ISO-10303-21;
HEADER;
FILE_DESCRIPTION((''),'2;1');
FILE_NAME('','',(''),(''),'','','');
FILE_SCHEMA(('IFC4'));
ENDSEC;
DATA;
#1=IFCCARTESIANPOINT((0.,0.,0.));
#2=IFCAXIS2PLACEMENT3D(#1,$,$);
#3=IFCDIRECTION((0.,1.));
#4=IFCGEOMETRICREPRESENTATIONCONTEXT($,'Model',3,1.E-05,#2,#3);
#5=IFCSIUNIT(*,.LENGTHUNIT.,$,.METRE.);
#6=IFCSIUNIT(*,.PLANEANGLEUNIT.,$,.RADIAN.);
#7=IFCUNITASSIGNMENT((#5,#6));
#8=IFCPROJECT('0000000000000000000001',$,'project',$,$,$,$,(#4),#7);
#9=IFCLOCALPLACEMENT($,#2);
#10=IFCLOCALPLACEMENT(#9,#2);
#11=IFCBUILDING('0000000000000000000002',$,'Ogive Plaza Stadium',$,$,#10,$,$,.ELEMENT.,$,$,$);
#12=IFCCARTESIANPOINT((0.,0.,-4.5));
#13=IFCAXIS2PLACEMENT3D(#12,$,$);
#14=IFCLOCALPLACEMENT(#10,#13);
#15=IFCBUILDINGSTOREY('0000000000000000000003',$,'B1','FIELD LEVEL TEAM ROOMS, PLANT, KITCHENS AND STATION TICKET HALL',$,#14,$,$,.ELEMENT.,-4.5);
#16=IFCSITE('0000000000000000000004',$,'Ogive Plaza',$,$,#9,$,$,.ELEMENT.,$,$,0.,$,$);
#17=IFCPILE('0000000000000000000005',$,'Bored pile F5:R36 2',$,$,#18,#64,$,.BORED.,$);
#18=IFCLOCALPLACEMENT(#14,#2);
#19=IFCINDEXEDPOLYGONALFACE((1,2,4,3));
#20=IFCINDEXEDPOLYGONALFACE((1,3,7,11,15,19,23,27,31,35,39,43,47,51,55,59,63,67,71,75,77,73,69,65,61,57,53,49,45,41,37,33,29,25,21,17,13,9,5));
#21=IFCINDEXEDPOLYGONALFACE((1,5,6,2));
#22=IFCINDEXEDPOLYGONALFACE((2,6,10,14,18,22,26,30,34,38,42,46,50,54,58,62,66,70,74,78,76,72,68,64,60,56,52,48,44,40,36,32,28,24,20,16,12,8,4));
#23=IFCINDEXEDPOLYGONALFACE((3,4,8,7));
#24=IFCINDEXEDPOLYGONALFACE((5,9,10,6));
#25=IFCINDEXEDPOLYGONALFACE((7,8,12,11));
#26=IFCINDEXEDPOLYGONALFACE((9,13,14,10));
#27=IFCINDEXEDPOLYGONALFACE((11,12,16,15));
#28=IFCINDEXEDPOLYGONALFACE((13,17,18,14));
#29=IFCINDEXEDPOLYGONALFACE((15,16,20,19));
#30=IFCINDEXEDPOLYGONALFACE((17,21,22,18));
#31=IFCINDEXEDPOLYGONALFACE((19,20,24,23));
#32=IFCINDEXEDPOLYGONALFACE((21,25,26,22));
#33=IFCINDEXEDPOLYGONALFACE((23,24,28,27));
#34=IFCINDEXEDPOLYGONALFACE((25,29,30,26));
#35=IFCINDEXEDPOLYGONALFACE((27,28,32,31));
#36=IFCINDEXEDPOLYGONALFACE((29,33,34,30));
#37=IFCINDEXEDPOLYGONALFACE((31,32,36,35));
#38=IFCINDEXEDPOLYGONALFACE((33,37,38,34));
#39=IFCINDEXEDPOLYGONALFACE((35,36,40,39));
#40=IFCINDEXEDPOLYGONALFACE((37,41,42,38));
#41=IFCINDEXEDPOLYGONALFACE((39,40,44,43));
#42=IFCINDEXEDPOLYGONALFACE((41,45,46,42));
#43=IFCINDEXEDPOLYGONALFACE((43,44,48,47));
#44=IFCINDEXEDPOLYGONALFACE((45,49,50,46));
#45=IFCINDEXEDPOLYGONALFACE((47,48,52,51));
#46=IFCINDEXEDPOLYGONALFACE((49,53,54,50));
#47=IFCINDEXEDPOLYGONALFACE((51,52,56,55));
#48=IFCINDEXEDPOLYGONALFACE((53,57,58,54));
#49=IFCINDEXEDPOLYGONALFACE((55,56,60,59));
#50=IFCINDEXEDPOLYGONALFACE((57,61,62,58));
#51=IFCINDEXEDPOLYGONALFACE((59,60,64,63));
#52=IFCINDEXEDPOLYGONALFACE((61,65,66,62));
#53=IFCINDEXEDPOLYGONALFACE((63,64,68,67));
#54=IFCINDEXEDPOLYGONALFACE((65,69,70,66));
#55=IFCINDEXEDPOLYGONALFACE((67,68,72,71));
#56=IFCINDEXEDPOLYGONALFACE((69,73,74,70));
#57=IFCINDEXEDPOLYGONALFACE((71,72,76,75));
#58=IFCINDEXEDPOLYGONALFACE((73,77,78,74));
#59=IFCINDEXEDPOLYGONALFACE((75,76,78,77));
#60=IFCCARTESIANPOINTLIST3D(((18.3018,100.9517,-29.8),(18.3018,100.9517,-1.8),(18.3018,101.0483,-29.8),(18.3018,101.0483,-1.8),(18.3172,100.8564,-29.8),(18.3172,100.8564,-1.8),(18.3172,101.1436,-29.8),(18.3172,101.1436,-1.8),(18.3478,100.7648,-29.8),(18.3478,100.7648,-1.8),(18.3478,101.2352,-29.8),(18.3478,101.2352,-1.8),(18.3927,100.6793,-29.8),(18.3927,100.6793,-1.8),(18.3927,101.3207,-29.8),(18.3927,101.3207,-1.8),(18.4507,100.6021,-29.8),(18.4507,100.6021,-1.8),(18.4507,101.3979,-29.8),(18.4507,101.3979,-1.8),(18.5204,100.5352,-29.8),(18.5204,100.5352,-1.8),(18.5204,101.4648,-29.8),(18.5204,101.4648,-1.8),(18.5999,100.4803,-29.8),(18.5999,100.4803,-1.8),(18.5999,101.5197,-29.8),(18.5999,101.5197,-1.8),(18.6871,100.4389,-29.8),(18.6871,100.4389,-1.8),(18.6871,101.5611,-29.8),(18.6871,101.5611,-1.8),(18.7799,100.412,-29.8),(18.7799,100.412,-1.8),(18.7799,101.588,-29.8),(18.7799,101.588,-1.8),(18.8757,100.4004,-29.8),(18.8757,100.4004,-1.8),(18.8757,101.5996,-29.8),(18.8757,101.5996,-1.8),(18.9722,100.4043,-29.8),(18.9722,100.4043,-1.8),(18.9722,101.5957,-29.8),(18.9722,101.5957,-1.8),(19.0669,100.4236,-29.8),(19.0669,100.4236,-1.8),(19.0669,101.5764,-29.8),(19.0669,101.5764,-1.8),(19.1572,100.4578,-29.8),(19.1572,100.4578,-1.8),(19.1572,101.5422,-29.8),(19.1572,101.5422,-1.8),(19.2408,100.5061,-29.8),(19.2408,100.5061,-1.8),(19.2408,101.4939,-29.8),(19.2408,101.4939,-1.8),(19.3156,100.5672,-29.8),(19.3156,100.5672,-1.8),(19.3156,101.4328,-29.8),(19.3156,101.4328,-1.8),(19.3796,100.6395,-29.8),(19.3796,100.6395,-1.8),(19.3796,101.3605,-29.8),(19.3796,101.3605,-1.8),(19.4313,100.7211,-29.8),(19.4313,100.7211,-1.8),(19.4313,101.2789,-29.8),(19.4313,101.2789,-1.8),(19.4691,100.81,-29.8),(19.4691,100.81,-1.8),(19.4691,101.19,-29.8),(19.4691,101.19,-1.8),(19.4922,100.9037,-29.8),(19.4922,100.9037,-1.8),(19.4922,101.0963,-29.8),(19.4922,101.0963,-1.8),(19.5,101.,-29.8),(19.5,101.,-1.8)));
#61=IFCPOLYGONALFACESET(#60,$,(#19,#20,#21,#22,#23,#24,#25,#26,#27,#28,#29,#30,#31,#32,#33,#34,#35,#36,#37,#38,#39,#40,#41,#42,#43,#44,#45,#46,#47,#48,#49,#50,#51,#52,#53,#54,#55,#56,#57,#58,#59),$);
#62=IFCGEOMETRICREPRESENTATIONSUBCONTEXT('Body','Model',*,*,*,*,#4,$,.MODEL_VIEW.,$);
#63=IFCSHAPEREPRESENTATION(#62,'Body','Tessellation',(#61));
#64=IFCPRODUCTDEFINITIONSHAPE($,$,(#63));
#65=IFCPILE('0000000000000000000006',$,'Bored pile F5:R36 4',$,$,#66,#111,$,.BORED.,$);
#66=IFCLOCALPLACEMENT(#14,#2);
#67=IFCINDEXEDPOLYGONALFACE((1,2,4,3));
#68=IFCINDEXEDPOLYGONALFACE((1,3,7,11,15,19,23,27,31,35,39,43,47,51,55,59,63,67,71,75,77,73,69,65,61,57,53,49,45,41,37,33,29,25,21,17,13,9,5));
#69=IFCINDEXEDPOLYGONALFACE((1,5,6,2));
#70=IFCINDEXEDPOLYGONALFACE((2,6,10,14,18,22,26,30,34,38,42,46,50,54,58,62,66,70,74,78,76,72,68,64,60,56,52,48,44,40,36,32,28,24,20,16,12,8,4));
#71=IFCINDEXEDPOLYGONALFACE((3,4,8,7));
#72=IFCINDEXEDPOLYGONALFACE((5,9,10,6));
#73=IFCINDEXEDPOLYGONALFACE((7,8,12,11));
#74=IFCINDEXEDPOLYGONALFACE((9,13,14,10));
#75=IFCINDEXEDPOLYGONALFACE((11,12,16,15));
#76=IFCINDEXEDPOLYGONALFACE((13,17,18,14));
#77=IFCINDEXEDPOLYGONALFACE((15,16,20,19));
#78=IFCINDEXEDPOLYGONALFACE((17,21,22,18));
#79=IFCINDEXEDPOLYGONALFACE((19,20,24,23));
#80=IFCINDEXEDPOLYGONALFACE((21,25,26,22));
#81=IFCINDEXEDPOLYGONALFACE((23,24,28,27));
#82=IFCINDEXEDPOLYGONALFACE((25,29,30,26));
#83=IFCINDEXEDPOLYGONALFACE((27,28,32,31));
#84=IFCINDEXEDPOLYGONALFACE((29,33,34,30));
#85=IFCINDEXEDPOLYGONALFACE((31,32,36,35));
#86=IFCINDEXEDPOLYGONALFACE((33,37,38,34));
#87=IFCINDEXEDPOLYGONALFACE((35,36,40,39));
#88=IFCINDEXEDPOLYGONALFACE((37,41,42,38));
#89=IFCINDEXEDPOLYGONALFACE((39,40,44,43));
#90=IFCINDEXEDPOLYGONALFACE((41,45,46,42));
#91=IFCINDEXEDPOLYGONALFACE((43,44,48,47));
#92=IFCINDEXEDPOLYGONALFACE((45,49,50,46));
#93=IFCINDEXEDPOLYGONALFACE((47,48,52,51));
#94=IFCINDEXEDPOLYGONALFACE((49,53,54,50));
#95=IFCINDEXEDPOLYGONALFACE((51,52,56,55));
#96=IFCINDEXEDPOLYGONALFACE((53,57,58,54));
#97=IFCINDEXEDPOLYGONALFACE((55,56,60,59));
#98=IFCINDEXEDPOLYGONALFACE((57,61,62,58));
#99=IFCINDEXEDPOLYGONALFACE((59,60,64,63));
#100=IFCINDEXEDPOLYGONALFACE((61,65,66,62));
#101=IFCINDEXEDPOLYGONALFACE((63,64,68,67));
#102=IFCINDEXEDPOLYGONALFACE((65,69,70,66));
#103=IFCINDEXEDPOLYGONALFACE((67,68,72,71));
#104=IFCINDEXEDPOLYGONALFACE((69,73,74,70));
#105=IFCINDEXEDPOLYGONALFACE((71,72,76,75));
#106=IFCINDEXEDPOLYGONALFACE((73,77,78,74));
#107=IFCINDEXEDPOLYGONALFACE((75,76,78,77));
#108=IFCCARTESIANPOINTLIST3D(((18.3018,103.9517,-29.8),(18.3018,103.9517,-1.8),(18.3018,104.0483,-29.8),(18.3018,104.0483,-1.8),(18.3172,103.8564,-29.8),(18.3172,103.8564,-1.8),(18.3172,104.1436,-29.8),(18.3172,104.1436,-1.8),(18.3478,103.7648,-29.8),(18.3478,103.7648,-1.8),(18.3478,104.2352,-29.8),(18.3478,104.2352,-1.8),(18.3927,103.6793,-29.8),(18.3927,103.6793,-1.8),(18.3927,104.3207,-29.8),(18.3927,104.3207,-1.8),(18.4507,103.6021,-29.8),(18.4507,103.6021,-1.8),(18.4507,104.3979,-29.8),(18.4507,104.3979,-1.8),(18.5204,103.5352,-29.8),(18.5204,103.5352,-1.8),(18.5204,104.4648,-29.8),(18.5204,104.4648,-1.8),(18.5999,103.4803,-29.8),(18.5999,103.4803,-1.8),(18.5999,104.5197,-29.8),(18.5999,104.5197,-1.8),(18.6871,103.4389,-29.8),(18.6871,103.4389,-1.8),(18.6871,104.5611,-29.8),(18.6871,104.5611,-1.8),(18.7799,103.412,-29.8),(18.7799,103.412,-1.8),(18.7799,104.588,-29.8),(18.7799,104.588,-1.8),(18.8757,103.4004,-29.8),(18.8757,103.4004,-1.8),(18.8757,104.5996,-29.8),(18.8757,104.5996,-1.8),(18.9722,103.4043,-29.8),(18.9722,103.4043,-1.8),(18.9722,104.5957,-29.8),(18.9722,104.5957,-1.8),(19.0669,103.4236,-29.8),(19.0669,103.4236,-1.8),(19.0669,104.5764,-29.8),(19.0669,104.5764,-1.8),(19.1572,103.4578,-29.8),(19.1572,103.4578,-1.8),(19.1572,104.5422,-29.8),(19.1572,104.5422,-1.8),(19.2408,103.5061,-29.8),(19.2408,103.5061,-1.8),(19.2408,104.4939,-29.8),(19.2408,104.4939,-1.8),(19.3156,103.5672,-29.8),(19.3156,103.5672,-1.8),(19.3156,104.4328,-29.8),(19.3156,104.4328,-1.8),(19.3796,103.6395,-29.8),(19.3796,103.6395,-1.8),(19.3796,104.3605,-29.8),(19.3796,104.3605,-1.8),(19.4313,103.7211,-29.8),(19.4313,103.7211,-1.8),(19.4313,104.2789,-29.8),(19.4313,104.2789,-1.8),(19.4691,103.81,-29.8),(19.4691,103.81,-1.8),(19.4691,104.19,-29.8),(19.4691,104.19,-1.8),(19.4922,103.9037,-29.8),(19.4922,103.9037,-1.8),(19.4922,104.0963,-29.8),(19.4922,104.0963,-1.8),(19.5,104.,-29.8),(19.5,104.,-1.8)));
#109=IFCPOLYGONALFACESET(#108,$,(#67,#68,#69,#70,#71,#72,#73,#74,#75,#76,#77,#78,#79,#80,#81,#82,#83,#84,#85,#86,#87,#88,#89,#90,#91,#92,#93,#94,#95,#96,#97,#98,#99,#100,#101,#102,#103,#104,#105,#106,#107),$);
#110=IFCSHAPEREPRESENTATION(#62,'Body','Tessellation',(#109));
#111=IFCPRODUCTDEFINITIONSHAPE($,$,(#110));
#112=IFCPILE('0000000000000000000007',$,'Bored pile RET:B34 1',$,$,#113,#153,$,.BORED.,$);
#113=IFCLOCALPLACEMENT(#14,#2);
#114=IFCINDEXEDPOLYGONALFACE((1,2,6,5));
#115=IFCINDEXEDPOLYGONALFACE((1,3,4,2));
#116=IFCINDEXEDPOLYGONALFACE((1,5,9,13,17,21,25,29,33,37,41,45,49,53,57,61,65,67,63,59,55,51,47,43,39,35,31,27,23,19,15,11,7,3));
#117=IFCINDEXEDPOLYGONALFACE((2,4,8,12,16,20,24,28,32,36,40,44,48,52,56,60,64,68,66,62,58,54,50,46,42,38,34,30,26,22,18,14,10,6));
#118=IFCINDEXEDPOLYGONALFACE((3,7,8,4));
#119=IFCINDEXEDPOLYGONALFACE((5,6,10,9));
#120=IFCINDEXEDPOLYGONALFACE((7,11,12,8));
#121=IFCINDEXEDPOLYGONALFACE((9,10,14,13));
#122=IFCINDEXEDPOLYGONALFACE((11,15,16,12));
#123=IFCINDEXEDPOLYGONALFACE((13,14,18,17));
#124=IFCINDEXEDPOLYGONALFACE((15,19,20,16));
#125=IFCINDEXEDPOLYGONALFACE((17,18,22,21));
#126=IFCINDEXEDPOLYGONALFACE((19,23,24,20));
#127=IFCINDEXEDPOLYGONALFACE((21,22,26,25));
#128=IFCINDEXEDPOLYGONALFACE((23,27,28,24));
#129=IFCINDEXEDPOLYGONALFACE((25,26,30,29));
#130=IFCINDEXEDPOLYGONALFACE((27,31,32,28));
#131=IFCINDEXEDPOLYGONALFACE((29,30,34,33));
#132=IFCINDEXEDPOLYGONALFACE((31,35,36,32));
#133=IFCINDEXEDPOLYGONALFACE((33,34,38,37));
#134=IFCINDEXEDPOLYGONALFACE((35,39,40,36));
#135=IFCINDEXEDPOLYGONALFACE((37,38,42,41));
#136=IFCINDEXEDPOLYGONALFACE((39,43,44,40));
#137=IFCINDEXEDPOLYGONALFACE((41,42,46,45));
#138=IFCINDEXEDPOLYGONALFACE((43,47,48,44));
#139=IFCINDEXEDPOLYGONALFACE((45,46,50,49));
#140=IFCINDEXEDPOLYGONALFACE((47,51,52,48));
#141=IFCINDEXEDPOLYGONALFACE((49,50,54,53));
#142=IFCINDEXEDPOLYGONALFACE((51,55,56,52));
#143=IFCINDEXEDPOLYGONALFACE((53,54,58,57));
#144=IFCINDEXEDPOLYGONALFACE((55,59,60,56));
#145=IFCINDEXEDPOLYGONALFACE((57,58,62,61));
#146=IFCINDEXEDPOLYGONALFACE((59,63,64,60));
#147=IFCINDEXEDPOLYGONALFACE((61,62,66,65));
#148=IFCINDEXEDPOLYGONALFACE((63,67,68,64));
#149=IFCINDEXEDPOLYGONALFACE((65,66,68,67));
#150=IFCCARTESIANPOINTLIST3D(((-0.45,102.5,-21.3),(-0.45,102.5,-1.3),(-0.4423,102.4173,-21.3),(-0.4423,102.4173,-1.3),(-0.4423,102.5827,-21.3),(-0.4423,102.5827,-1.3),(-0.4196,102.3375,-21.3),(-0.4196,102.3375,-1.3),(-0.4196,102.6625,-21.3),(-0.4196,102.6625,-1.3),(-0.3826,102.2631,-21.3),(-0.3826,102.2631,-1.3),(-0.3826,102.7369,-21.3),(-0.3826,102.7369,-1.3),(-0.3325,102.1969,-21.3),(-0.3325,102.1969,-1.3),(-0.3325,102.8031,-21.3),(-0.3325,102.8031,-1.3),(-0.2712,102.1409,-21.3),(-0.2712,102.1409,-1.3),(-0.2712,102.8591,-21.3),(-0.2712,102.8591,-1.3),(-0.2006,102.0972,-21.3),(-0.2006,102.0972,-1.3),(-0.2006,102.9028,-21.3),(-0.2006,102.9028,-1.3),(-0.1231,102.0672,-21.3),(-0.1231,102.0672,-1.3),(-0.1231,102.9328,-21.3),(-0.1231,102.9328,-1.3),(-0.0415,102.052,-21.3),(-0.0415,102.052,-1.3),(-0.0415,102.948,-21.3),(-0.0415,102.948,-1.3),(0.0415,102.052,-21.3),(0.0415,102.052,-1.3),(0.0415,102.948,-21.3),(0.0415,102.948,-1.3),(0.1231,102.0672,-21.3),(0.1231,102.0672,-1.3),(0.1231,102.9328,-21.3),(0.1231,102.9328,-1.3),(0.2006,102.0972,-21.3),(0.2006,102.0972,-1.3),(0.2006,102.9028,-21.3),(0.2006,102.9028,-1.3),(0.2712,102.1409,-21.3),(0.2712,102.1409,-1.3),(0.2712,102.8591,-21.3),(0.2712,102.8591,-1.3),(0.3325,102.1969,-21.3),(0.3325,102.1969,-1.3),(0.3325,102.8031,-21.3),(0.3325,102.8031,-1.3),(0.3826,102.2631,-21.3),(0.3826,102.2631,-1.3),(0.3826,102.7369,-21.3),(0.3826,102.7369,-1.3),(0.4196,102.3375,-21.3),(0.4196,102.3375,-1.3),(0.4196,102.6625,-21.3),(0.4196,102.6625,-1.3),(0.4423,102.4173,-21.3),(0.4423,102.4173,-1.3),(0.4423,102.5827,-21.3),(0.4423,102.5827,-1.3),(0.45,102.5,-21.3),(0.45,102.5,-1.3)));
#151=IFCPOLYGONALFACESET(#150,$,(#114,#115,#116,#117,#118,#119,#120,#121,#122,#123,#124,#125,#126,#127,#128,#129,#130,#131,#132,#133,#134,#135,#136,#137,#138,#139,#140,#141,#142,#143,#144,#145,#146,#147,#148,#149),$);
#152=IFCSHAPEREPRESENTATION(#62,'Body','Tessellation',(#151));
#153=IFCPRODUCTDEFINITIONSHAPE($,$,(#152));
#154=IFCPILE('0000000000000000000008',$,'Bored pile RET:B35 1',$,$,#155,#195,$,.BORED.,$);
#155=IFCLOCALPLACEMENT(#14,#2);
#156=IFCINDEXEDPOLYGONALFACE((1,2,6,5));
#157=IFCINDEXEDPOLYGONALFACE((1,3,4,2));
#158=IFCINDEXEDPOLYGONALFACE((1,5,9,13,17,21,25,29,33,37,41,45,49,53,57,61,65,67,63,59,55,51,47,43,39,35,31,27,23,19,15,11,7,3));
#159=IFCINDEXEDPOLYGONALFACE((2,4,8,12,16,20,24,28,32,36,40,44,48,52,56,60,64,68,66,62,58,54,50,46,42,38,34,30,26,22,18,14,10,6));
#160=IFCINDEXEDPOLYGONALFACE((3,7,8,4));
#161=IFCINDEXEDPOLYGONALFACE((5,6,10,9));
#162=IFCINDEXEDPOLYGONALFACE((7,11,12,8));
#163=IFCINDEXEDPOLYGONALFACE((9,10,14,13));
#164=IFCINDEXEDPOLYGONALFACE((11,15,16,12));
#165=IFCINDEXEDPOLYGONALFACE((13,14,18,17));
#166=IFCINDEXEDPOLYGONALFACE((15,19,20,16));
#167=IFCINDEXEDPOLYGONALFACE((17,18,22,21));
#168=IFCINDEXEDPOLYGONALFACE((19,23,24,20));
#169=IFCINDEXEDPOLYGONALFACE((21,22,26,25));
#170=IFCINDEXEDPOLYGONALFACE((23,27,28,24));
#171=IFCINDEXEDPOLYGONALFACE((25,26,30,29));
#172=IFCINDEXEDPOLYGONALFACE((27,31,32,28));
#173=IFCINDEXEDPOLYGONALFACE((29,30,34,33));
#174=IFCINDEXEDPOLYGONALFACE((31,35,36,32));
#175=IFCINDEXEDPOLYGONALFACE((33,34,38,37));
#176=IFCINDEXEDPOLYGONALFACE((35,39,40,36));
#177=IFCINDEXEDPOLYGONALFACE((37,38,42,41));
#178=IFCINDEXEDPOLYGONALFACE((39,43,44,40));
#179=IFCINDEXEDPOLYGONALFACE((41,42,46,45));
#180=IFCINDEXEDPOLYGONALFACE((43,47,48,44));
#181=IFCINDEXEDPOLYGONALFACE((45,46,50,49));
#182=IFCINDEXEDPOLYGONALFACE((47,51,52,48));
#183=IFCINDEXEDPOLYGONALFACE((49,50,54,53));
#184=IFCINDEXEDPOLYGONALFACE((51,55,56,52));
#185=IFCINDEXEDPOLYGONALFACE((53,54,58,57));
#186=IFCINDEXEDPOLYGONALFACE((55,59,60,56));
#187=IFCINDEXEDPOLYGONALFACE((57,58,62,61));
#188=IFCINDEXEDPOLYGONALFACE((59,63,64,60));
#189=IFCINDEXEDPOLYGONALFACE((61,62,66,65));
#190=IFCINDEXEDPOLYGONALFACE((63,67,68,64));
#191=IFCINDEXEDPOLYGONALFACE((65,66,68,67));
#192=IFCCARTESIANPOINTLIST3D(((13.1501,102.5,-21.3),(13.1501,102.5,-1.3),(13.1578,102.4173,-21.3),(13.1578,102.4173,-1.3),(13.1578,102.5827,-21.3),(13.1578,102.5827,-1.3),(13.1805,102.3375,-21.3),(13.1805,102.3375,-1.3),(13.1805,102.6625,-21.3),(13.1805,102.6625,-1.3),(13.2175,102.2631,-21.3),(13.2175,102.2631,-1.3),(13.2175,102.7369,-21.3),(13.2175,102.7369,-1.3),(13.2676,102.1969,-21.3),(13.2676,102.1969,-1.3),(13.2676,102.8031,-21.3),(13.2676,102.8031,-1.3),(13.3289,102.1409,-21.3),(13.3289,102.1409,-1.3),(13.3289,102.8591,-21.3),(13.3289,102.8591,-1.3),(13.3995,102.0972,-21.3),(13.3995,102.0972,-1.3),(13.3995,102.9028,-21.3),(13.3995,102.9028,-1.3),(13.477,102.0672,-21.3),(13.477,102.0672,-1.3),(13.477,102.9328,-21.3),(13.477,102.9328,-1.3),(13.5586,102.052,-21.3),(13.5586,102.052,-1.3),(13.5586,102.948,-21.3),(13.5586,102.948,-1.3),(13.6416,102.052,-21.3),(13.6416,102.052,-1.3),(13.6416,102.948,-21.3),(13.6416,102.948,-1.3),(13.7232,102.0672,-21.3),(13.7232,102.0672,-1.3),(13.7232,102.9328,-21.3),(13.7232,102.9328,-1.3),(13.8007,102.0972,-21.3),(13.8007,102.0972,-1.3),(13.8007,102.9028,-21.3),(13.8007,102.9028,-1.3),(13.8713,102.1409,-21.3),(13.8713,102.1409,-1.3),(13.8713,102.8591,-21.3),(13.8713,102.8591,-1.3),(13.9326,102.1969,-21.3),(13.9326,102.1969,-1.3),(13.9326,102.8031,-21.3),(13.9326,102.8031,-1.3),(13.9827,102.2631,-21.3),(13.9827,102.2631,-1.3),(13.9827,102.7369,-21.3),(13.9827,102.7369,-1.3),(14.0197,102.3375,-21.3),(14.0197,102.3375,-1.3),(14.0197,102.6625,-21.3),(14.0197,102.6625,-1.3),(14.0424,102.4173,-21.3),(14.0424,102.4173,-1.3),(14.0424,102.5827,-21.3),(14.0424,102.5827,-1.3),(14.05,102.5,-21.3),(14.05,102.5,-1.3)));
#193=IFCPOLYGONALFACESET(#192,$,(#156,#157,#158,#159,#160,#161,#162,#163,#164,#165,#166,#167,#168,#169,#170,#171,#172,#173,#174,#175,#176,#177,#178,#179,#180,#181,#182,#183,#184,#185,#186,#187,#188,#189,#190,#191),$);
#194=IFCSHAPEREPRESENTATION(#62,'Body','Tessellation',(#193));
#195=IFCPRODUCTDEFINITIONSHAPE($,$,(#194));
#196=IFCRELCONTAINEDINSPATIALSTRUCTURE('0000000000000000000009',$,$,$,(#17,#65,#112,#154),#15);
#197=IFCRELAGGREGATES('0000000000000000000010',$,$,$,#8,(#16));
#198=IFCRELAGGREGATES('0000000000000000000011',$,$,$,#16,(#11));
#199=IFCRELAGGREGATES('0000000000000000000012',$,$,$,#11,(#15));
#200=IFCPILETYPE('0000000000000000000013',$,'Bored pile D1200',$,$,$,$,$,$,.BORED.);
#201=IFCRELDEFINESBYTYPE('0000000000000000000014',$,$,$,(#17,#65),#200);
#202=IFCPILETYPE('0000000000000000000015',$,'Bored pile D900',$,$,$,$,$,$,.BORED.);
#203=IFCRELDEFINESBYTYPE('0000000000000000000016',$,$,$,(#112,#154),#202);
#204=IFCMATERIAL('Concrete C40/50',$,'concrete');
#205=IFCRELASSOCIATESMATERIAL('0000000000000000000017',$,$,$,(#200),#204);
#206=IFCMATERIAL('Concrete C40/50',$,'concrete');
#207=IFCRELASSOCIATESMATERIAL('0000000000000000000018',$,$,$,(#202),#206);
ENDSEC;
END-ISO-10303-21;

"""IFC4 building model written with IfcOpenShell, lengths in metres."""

from ifc_helpers import new_model, si_unit, direction, frame, origin, origin_2d, place, context, subcontext, project, spatial, circle, extrude, material, material_profile, profile_set, type_object, element, save


model = new_model("IFC4")

# Units and contexts
model_context = context("Model", 3, precision=1e-05, world=origin(), true_north=direction((0.0, 1.0)))
body_context = subcontext(model_context, "Body", "Model", "MODEL_VIEW")
ifc_project = project(units=[si_unit("LENGTHUNIT", "METRE"), si_unit("PLANEANGLEUNIT", "RADIAN")], contexts=[model_context])

# Site, building, storey
site_placement = place(None, origin())
site = spatial("IfcSite", under=ifc_project, at=site_placement, Name="Ogive Plaza", CompositionType="ELEMENT", RefElevation=0.0)
building_placement = place(site_placement, origin())
building = spatial("IfcBuilding", under=site, at=building_placement, Name="Ogive Plaza Stadium", CompositionType="ELEMENT")
storey_placement = place(building_placement, frame((0.0, 0.0, -4.5)))
storey = spatial("IfcBuildingStorey", under=building, at=storey_placement, Name="B1", Description="FIELD LEVEL TEAM ROOMS, PLANT, KITCHENS AND STATION TICKET HALL", CompositionType="ELEMENT", Elevation=-4.5)

# Piles
ifc_material_1 = material(Name="Concrete C40/50", Category="concrete")
ifc_material_profile_1 = material_profile(ifc_material_1, circle(Radius=0.6001, at=origin_2d()), Name="RC D1200")
ifc_profile_set_1 = profile_set([ifc_material_profile_1], Name="Concrete C40/50")
pile_type_1 = type_object("IfcPileType", Name="Bored pile D1200", PredefinedType="BORED", material=ifc_profile_set_1)
for number, where, z_axis, x_axis, name in (
    (1, (18.8999, 101.0, -1.8), (0.0, 0.0, -1.0), (1.0, 0.0, 0.0), "Bored pile F5:R36 2"),
    (2, (18.8999, 104.0, -1.8), (0.0, 0.0, -1.0), (1.0, 0.0, 0.0), "Bored pile F5:R36 4"),
):
    element("IfcPile", number, at=place(storey_placement, frame(where, z_axis=z_axis, x_axis=x_axis)), inside=storey, type_object=pile_type_1, Name=name, PredefinedType="BORED", context=body_context, shape_type="SweptSolid", body=[
        extrude(circle(Radius=0.6001, at=origin_2d()), origin(), (0.0, 0.0, 1.0), 28.0),
    ])
ifc_material_2 = material(Name="Concrete C40/50", Category="concrete")
ifc_material_profile_2 = material_profile(ifc_material_2, circle(Radius=0.45, at=origin_2d()), Name="RC D900")
ifc_profile_set_2 = profile_set([ifc_material_profile_2], Name="Concrete C40/50")
pile_type_2 = type_object("IfcPileType", Name="Bored pile D900", PredefinedType="BORED", material=ifc_profile_set_2)
for number, where, z_axis, x_axis, name in (
    (3, (0.0, 102.5, -1.3), (0.0, 0.0, -1.0), (1.0, 0.0, 0.0), "Bored pile RET:B34 1"),
    (4, (13.6001, 102.5, -1.3), (0.0, 0.0, -1.0), (1.0, 0.0, 0.0), "Bored pile RET:B35 1"),
):
    element("IfcPile", number, at=place(storey_placement, frame(where, z_axis=z_axis, x_axis=x_axis)), inside=storey, type_object=pile_type_2, Name=name, PredefinedType="BORED", context=body_context, shape_type="SweptSolid", body=[
        extrude(circle(Radius=0.45, at=origin_2d()), origin(), (0.0, 0.0, 1.0), 20.0),
    ])

save(model, "model.ifc")
